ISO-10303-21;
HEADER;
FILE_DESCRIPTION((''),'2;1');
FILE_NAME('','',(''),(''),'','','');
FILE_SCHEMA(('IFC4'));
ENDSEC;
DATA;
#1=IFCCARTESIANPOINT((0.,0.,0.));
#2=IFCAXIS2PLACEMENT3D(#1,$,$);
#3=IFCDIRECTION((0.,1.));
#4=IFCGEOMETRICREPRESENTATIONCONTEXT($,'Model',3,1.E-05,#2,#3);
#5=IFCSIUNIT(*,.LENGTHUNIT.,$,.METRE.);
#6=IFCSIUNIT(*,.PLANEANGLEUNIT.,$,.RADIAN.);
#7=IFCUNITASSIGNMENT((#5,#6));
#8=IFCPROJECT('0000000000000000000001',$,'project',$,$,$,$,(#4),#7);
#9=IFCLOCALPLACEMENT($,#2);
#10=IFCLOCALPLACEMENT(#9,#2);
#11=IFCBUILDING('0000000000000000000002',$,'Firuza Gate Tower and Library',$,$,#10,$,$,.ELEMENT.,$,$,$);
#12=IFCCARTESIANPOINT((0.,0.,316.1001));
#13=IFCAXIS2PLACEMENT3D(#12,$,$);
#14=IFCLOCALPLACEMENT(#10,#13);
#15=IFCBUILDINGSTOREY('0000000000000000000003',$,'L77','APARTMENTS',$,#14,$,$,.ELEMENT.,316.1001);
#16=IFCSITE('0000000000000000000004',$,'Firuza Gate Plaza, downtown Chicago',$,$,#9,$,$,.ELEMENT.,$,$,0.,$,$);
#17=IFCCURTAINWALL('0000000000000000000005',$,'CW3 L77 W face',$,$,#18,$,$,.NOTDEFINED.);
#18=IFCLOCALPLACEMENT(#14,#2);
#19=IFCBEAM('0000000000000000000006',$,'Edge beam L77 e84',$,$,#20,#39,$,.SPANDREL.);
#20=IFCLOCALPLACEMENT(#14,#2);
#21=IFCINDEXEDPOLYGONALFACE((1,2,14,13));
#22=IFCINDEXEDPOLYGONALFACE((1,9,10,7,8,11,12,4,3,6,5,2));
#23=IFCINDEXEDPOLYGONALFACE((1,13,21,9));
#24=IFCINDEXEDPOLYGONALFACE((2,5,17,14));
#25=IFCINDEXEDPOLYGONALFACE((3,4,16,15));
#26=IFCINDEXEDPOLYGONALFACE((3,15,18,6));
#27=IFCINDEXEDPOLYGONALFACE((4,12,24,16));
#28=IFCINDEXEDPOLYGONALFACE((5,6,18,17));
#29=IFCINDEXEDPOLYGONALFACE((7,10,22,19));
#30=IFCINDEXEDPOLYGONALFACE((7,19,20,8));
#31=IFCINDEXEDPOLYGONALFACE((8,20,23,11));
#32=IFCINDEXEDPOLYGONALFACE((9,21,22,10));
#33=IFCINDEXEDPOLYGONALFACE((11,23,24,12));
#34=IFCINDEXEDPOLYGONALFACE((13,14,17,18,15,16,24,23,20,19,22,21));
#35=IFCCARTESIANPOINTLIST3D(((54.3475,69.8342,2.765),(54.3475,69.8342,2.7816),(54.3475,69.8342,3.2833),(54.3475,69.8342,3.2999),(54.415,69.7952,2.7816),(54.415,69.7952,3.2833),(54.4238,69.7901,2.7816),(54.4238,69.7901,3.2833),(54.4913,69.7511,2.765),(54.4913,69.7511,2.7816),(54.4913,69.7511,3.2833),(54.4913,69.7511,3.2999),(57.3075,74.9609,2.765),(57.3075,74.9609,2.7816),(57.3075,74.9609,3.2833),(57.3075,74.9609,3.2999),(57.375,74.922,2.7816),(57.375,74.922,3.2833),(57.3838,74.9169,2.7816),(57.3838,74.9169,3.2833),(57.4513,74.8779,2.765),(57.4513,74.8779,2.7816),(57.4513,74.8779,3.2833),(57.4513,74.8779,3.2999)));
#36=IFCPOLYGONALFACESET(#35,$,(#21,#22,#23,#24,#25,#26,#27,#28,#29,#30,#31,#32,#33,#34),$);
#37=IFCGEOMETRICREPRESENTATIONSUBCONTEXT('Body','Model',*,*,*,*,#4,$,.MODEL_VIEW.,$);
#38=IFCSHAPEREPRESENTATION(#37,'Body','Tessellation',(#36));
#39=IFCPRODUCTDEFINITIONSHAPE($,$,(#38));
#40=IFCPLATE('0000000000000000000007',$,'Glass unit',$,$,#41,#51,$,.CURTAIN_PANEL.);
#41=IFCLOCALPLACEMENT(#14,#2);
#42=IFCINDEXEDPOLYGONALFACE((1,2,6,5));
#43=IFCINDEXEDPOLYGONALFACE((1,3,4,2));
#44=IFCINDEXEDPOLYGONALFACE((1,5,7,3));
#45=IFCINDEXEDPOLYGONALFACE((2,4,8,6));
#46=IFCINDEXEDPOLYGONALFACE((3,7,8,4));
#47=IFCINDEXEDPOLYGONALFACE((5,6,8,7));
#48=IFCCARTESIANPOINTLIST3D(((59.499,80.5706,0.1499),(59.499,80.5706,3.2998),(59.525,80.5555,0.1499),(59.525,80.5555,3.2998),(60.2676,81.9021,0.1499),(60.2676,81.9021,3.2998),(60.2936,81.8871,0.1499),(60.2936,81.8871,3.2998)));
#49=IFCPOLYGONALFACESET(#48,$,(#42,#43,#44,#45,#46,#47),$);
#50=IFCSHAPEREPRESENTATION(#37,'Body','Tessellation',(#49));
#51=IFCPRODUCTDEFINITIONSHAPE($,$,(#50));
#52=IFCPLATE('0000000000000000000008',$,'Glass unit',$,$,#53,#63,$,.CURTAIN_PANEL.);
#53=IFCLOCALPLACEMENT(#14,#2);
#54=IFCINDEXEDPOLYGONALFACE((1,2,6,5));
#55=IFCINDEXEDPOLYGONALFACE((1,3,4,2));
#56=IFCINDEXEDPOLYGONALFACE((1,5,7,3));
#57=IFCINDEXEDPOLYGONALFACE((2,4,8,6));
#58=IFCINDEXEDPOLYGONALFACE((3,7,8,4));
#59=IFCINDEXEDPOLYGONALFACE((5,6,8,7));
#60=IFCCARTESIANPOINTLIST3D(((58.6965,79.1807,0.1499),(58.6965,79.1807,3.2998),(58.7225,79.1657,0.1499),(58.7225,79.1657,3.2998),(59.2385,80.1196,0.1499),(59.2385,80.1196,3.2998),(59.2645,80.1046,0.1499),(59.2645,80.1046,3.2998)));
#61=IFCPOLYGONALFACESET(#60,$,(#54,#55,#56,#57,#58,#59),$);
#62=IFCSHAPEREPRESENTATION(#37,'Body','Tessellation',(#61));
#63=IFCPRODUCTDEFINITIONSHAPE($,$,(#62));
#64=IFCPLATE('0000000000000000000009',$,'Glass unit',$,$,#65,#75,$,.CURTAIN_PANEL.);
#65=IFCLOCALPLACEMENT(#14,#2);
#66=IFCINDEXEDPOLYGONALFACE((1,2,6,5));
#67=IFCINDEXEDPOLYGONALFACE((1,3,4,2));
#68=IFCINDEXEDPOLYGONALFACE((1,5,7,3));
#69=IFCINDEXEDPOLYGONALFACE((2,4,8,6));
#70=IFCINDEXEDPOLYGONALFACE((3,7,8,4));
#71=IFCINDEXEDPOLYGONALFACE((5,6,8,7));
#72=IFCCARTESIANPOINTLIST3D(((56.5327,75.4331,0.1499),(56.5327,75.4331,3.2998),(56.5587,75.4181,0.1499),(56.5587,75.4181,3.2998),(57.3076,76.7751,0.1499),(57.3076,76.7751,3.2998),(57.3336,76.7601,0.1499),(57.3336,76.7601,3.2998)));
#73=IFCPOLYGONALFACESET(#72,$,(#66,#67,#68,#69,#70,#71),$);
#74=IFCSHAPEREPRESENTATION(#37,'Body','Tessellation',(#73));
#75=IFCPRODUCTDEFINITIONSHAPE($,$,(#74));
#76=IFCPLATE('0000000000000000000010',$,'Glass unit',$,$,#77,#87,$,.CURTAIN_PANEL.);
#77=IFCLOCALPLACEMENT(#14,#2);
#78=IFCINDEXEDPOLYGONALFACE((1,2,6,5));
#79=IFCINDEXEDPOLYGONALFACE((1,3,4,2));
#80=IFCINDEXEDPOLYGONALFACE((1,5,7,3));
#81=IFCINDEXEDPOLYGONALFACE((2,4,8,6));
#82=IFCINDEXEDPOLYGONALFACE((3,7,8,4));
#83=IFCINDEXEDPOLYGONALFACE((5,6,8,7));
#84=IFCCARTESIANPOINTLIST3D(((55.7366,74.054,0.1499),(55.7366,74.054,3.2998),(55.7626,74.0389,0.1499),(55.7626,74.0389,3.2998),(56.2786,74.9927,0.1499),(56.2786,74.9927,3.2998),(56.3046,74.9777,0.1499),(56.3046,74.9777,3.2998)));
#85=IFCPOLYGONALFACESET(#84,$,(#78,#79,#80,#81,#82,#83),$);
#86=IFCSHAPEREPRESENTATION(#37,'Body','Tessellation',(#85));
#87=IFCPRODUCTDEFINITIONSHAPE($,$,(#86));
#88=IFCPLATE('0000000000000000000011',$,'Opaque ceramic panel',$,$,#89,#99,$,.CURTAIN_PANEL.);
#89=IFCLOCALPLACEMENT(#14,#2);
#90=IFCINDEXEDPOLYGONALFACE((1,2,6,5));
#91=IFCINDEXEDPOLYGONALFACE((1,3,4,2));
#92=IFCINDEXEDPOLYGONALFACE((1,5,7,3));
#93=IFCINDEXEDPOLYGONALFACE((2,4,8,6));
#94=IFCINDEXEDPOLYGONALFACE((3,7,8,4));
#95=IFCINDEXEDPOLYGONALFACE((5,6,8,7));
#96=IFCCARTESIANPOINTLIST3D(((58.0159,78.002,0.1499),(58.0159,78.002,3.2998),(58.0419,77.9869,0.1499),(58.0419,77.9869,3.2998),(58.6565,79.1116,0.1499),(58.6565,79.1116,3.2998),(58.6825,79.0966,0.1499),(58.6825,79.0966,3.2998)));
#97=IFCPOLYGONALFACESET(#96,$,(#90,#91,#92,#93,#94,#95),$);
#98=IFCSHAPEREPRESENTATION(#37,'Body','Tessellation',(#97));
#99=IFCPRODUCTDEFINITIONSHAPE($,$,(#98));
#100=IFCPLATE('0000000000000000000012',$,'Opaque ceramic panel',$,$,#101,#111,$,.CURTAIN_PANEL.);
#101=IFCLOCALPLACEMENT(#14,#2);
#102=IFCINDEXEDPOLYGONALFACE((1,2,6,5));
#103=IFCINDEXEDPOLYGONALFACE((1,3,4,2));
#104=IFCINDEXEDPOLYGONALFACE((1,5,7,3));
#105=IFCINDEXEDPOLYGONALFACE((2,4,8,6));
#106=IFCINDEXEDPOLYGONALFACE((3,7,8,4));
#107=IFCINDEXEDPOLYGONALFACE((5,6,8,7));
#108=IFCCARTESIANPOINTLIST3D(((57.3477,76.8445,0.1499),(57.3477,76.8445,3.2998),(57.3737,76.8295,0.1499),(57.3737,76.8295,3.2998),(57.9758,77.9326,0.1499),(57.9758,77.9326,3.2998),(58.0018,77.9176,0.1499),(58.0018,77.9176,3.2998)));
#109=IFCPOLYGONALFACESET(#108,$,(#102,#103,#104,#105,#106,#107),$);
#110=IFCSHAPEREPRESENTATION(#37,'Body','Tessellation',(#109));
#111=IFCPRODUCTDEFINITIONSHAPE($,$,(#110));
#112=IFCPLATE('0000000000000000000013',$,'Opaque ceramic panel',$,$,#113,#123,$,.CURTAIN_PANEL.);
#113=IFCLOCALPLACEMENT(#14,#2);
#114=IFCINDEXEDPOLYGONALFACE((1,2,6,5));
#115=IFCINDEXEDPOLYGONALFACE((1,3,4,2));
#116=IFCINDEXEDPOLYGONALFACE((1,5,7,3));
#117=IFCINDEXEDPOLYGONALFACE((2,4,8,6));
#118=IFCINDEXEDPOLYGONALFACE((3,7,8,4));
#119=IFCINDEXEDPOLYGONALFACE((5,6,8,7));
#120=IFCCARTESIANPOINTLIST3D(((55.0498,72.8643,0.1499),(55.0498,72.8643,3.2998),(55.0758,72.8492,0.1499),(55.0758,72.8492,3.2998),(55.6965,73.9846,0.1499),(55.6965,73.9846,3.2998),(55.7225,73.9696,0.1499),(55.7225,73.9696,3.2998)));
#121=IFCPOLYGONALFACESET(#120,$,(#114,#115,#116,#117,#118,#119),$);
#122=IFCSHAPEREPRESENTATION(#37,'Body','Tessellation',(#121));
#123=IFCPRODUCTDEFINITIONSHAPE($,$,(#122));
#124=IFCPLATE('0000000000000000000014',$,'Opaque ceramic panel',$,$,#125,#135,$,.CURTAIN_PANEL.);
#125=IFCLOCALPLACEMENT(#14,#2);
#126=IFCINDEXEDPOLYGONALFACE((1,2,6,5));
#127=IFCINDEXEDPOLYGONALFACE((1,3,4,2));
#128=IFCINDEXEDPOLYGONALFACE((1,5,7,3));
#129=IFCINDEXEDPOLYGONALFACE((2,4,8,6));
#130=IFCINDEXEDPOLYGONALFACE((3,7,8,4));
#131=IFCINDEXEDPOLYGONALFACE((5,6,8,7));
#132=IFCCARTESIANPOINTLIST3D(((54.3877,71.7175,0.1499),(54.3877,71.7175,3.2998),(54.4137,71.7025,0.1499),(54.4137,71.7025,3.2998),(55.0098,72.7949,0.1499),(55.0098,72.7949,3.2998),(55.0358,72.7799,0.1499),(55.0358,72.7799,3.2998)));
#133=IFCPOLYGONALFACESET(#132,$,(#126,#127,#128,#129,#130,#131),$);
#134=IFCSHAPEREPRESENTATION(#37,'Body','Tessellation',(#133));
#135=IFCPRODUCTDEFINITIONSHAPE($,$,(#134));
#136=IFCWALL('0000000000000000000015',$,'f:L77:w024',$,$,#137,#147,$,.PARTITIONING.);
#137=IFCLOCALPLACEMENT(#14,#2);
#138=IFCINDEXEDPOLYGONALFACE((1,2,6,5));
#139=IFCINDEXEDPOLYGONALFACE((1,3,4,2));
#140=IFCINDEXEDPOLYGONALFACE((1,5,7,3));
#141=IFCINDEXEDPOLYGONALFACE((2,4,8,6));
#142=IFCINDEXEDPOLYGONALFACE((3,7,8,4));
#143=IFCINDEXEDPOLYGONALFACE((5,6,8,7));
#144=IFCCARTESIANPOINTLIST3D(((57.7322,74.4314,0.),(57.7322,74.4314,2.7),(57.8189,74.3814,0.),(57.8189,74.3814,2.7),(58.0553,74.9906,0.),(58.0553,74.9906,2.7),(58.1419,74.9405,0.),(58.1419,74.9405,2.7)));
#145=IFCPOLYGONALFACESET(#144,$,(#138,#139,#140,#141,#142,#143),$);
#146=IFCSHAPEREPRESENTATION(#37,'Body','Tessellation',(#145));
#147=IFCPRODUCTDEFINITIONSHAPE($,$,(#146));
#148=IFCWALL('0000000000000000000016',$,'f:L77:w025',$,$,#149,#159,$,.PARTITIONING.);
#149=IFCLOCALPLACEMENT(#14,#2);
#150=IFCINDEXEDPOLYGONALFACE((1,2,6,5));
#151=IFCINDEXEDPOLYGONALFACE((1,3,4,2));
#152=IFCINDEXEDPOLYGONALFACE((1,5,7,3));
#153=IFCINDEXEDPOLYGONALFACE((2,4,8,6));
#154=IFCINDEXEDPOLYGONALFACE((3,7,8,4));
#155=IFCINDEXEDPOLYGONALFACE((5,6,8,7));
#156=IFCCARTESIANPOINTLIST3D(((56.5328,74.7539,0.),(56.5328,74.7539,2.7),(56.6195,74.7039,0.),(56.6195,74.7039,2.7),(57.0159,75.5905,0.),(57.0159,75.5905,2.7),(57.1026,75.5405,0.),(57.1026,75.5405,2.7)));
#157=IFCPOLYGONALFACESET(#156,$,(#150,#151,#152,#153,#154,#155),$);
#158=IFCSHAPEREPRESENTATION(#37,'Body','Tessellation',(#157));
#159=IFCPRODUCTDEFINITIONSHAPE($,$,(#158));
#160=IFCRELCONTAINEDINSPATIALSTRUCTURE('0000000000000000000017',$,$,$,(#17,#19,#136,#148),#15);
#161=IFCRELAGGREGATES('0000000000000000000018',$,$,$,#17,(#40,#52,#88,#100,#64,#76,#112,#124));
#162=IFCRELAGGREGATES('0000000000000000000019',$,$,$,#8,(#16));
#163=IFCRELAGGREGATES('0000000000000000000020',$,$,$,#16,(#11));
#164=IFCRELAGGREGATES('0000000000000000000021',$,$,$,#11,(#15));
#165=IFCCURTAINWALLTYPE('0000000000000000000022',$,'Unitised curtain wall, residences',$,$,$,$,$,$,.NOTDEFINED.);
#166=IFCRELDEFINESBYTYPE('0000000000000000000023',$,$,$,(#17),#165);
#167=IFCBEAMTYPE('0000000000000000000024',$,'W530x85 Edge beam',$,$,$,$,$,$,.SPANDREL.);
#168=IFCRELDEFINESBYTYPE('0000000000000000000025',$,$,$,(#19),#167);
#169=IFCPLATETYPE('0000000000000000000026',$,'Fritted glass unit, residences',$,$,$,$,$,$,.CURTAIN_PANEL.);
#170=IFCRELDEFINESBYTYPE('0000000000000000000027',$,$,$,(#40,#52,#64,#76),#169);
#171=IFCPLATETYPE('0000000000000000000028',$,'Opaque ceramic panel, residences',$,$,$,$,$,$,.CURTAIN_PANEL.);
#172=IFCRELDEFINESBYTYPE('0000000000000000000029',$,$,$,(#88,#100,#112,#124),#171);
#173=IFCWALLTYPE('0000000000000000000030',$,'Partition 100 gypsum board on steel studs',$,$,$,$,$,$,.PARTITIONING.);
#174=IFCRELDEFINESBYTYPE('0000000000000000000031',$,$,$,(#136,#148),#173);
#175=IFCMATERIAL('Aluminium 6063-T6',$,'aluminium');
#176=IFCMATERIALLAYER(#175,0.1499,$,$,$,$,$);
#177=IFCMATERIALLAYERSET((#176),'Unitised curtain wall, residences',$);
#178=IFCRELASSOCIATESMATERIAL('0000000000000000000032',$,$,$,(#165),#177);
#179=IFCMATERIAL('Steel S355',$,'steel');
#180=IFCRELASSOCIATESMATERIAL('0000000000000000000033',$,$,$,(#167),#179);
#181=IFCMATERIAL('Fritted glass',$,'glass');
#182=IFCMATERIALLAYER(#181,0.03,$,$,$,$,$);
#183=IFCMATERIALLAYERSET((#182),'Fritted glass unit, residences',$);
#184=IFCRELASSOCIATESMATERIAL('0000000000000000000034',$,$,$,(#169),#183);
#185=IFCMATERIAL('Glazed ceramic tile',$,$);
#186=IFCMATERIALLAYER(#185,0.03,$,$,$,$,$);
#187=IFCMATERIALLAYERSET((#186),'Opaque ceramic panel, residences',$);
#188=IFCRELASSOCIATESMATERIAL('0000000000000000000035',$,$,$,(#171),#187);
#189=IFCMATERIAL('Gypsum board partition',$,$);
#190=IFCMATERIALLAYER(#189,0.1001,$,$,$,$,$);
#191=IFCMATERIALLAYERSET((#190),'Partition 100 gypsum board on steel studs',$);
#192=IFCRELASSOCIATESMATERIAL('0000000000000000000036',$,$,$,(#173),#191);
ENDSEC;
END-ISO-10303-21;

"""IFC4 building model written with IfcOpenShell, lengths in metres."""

from ifc_helpers import new_model, si_unit, direction, frame, frame_2d, origin, origin_2d, place, context, subcontext, project, spatial, polyline, rectangle, i_section, outline, extrude, material, layer, layer_set, material_profile, profile_set, type_object, element, aggregate, save


model = new_model("IFC4")

# Units and contexts
model_context = context("Model", 3, precision=1e-05, world=origin(), true_north=direction((0.0, 1.0)))
body_context = subcontext(model_context, "Body", "Model", "MODEL_VIEW")
ifc_project = project(units=[si_unit("LENGTHUNIT", "METRE"), si_unit("PLANEANGLEUNIT", "RADIAN")], contexts=[model_context])

# Site, building, storey
site_placement = place(None, origin())
site = spatial("IfcSite", under=ifc_project, at=site_placement, Name="Firuza Gate Plaza, downtown Chicago", CompositionType="ELEMENT", RefElevation=0.0)
building_placement = place(site_placement, origin())
building = spatial("IfcBuilding", under=site, at=building_placement, Name="Firuza Gate Tower and Library", CompositionType="ELEMENT")
storey_placement = place(building_placement, frame((0.0, 0.0, 316.1001)))
storey = spatial("IfcBuildingStorey", under=building, at=storey_placement, Name="L77", Description="APARTMENTS", CompositionType="ELEMENT", Elevation=316.1001)

# Curtain wall
ifc_material_1 = material(Name="Aluminium 6063-T6", Category="aluminium")
ifc_layer_1 = layer(ifc_material_1, 0.1499)
ifc_layer_set_1 = layer_set([ifc_layer_1], Name="Unitised curtain wall, residences")
curtain_wall_type = type_object("IfcCurtainWallType", Name="Unitised curtain wall, residences", PredefinedType="NOTDEFINED", material=ifc_layer_set_1)
curtain_wall_placement = place(storey_placement, origin())
curtain_wall = element("IfcCurtainWall", 1, at=curtain_wall_placement, inside=storey, type_object=curtain_wall_type, Name="CW3 L77 W face", PredefinedType="NOTDEFINED")

# Beam
ifc_material_2 = material(Name="Steel S355", Category="steel")
ifc_material_profile_1 = material_profile(ifc_material_2, i_section(OverallWidth=0.166, OverallDepth=0.5349, WebThickness=0.0103, FlangeThickness=0.0166, at=origin_2d()))
ifc_profile_set_1 = profile_set([ifc_material_profile_1], Name="Steel S355")
beam_type_1 = type_object("IfcBeamType", Name="W530x85 Edge beam", PredefinedType="SPANDREL", material=ifc_profile_set_1)
beam_1_placement = place(storey_placement, frame((57.3794, 74.9194, 3.0325), z_axis=(-0.500007, -0.866021, 0.0), x_axis=(0.866021, -0.500007, 0.0)))
element("IfcBeam", 2, at=beam_1_placement, inside=storey, type_object=beam_type_1, Name="Edge beam L77 e84", PredefinedType="SPANDREL", context=body_context, shape_type="SweptSolid", body=[
    extrude(i_section(OverallWidth=0.166, OverallDepth=0.5349, WebThickness=0.0103, FlangeThickness=0.0166, at=origin_2d()), origin(), (0.0, 0.0, 1.0), 5.9199),
])

# Plates
ifc_material_3 = material(Name="Fritted glass", Category="glass")
ifc_layer_2 = layer(ifc_material_3, 0.03)
ifc_layer_set_2 = layer_set([ifc_layer_2], Name="Fritted glass unit, residences")
plate_type_1 = type_object("IfcPlateType", Name="Fritted glass unit, residences", PredefinedType="CURTAIN_PANEL", material=ifc_layer_set_2)
plate_1_placement = place(storey_placement, frame((60.2676, 81.9021, 0.1499), z_axis=(-0.866085, 0.499897, 0.0), x_axis=(-0.499897, -0.866085, 0.0)))
plate_1 = element("IfcPlate", 3, at=plate_1_placement, type_object=plate_type_1, Name="Glass unit", PredefinedType="CURTAIN_PANEL", context=body_context, shape_type="SweptSolid", body=[
    extrude(outline(polyline([(0.0, 0.0), (1.5374, 0.0), (1.5374, 3.1499), (0.0, 3.1499), (0.0, 0.0)])), origin(), (0.0, 0.0, -1.0), 0.03),
])
plate_2_placement = place(storey_placement, frame((59.2385, 80.1196, 0.1499), z_axis=(-0.866073, 0.499917, 0.0), x_axis=(-0.499917, -0.866073, 0.0)))
plate_2 = element("IfcPlate", 4, at=plate_2_placement, type_object=plate_type_1, Name="Glass unit", PredefinedType="CURTAIN_PANEL", context=body_context, shape_type="SweptSolid", body=[
    extrude(outline(polyline([(0.0, 0.0), (1.0842, 0.0), (1.0842, 3.1499), (0.0, 3.1499), (0.0, 0.0)])), origin(), (0.0, 0.0, -1.0), 0.03),
])
plate_3_placement = place(storey_placement, frame((57.3076, 76.7751, 0.1499), z_axis=(-0.866005, 0.500036, 0.0), x_axis=(-0.500036, -0.866005, 0.0)))
plate_3 = element("IfcPlate", 5, at=plate_3_placement, type_object=plate_type_1, Name="Glass unit", PredefinedType="CURTAIN_PANEL", context=body_context, shape_type="SweptSolid", body=[
    extrude(outline(polyline([(0.0, 0.0), (1.5497, 0.0), (1.5497, 3.1499), (0.0, 3.1499), (0.0, 0.0)])), origin(), (0.0, 0.0, -1.0), 0.03),
])
plate_4_placement = place(storey_placement, frame((56.2786, 74.9927, 0.1499), z_axis=(-0.866017, 0.500015, 0.0), x_axis=(-0.500015, -0.866017, 0.0)))
plate_4 = element("IfcPlate", 6, at=plate_4_placement, type_object=plate_type_1, Name="Glass unit", PredefinedType="CURTAIN_PANEL", context=body_context, shape_type="SweptSolid", body=[
    extrude(outline(polyline([(0.0, 0.0), (1.084, 0.0), (1.084, 3.1499), (0.0, 3.1499), (0.0, 0.0)])), origin(), (0.0, 0.0, -1.0), 0.03),
])
ifc_material_4 = material(Name="Glazed ceramic tile")
ifc_layer_3 = layer(ifc_material_4, 0.03)
ifc_layer_set_3 = layer_set([ifc_layer_3], Name="Opaque ceramic panel, residences")
plate_type_2 = type_object("IfcPlateType", Name="Opaque ceramic panel, residences", PredefinedType="CURTAIN_PANEL", material=ifc_layer_set_3)
plate_5_placement = place(storey_placement, frame((58.6565, 79.1116, 0.1499), z_axis=(-0.86603, 0.499992, 0.0), x_axis=(-0.499992, -0.86603, 0.0)))
plate_5 = element("IfcPlate", 7, at=plate_5_placement, type_object=plate_type_2, Name="Opaque ceramic panel", PredefinedType="CURTAIN_PANEL", context=body_context, shape_type="SweptSolid", body=[
    extrude(outline(polyline([(0.0, 0.0), (1.2813, 0.0), (1.2813, 3.1499), (0.0, 3.1499), (0.0, 0.0)])), origin(), (0.0, 0.0, -1.0), 0.03),
])
plate_6_placement = place(storey_placement, frame((57.9758, 77.9326, 0.1499), z_axis=(-0.866046, 0.499964, 0.0), x_axis=(-0.499964, -0.866046, 0.0)))
plate_6 = element("IfcPlate", 8, at=plate_6_placement, type_object=plate_type_2, Name="Opaque ceramic panel", PredefinedType="CURTAIN_PANEL", context=body_context, shape_type="SweptSolid", body=[
    extrude(outline(polyline([(0.0, 0.0), (1.2564, 0.0), (1.2564, 3.1499), (0.0, 3.1499), (0.0, 0.0)])), origin(), (0.0, 0.0, -1.0), 0.03),
])
plate_7_placement = place(storey_placement, frame((55.6965, 73.9846, 0.1499), z_axis=(-0.866063, 0.499935, 0.0), x_axis=(-0.499935, -0.866063, 0.0)))
plate_7 = element("IfcPlate", 9, at=plate_7_placement, type_object=plate_type_2, Name="Opaque ceramic panel", PredefinedType="CURTAIN_PANEL", context=body_context, shape_type="SweptSolid", body=[
    extrude(outline(polyline([(0.0, 0.0), (1.2936, 0.0), (1.2936, 3.1499), (0.0, 3.1499), (0.0, 0.0)])), origin(), (0.0, 0.0, -1.0), 0.03),
])
plate_8_placement = place(storey_placement, frame((55.0098, 72.7949, 0.1499), z_axis=(-0.866012, 0.500023, 0.0), x_axis=(-0.500023, -0.866012, 0.0)))
plate_8 = element("IfcPlate", 10, at=plate_8_placement, type_object=plate_type_2, Name="Opaque ceramic panel", PredefinedType="CURTAIN_PANEL", context=body_context, shape_type="SweptSolid", body=[
    extrude(outline(polyline([(0.0, 0.0), (1.2441, 0.0), (1.2441, 3.1499), (0.0, 3.1499), (0.0, 0.0)])), origin(), (0.0, 0.0, -1.0), 0.03),
])
aggregate(curtain_wall, [plate_1, plate_2, plate_5, plate_6, plate_3, plate_4, plate_7, plate_8])

# Walls
ifc_material_5 = material(Name="Gypsum board partition")
ifc_layer_4 = layer(ifc_material_5, 0.1001)
ifc_layer_set_4 = layer_set([ifc_layer_4], Name="Partition 100 gypsum board on steel studs")
wall_type = type_object("IfcWallType", Name="Partition 100 gypsum board on steel studs", PredefinedType="PARTITIONING", material=ifc_layer_set_4)
wall_1_placement = place(storey_placement, frame((57.7756, 74.4065, 0.0), z_axis=(0.0, 0.0, 1.0), x_axis=(0.500246, 0.865883, 0.0)))
element("IfcWall", 11, at=wall_1_placement, inside=storey, type_object=wall_type, Name="f:L77:w024", PredefinedType="PARTITIONING", context=body_context, shape_type="SweptSolid", body=[
    extrude(rectangle(XDim=0.6458, YDim=0.1001, at=frame_2d((0.3228, 0.0))), origin(), (0.0, 0.0, 1.0), 2.7),
])
wall_2_placement = place(storey_placement, frame((56.5762, 74.729, 0.0), z_axis=(0.0, 0.0, 1.0), x_axis=(0.50008, 0.865979, 0.0)))
element("IfcWall", 12, at=wall_2_placement, inside=storey, type_object=wall_type, Name="f:L77:w025", PredefinedType="PARTITIONING", context=body_context, shape_type="SweptSolid", body=[
    extrude(rectangle(XDim=0.9661, YDim=0.1001, at=frame_2d((0.4829, 0.0))), origin(), (0.0, 0.0, 1.0), 2.7),
])

save(model, "model.ifc")
